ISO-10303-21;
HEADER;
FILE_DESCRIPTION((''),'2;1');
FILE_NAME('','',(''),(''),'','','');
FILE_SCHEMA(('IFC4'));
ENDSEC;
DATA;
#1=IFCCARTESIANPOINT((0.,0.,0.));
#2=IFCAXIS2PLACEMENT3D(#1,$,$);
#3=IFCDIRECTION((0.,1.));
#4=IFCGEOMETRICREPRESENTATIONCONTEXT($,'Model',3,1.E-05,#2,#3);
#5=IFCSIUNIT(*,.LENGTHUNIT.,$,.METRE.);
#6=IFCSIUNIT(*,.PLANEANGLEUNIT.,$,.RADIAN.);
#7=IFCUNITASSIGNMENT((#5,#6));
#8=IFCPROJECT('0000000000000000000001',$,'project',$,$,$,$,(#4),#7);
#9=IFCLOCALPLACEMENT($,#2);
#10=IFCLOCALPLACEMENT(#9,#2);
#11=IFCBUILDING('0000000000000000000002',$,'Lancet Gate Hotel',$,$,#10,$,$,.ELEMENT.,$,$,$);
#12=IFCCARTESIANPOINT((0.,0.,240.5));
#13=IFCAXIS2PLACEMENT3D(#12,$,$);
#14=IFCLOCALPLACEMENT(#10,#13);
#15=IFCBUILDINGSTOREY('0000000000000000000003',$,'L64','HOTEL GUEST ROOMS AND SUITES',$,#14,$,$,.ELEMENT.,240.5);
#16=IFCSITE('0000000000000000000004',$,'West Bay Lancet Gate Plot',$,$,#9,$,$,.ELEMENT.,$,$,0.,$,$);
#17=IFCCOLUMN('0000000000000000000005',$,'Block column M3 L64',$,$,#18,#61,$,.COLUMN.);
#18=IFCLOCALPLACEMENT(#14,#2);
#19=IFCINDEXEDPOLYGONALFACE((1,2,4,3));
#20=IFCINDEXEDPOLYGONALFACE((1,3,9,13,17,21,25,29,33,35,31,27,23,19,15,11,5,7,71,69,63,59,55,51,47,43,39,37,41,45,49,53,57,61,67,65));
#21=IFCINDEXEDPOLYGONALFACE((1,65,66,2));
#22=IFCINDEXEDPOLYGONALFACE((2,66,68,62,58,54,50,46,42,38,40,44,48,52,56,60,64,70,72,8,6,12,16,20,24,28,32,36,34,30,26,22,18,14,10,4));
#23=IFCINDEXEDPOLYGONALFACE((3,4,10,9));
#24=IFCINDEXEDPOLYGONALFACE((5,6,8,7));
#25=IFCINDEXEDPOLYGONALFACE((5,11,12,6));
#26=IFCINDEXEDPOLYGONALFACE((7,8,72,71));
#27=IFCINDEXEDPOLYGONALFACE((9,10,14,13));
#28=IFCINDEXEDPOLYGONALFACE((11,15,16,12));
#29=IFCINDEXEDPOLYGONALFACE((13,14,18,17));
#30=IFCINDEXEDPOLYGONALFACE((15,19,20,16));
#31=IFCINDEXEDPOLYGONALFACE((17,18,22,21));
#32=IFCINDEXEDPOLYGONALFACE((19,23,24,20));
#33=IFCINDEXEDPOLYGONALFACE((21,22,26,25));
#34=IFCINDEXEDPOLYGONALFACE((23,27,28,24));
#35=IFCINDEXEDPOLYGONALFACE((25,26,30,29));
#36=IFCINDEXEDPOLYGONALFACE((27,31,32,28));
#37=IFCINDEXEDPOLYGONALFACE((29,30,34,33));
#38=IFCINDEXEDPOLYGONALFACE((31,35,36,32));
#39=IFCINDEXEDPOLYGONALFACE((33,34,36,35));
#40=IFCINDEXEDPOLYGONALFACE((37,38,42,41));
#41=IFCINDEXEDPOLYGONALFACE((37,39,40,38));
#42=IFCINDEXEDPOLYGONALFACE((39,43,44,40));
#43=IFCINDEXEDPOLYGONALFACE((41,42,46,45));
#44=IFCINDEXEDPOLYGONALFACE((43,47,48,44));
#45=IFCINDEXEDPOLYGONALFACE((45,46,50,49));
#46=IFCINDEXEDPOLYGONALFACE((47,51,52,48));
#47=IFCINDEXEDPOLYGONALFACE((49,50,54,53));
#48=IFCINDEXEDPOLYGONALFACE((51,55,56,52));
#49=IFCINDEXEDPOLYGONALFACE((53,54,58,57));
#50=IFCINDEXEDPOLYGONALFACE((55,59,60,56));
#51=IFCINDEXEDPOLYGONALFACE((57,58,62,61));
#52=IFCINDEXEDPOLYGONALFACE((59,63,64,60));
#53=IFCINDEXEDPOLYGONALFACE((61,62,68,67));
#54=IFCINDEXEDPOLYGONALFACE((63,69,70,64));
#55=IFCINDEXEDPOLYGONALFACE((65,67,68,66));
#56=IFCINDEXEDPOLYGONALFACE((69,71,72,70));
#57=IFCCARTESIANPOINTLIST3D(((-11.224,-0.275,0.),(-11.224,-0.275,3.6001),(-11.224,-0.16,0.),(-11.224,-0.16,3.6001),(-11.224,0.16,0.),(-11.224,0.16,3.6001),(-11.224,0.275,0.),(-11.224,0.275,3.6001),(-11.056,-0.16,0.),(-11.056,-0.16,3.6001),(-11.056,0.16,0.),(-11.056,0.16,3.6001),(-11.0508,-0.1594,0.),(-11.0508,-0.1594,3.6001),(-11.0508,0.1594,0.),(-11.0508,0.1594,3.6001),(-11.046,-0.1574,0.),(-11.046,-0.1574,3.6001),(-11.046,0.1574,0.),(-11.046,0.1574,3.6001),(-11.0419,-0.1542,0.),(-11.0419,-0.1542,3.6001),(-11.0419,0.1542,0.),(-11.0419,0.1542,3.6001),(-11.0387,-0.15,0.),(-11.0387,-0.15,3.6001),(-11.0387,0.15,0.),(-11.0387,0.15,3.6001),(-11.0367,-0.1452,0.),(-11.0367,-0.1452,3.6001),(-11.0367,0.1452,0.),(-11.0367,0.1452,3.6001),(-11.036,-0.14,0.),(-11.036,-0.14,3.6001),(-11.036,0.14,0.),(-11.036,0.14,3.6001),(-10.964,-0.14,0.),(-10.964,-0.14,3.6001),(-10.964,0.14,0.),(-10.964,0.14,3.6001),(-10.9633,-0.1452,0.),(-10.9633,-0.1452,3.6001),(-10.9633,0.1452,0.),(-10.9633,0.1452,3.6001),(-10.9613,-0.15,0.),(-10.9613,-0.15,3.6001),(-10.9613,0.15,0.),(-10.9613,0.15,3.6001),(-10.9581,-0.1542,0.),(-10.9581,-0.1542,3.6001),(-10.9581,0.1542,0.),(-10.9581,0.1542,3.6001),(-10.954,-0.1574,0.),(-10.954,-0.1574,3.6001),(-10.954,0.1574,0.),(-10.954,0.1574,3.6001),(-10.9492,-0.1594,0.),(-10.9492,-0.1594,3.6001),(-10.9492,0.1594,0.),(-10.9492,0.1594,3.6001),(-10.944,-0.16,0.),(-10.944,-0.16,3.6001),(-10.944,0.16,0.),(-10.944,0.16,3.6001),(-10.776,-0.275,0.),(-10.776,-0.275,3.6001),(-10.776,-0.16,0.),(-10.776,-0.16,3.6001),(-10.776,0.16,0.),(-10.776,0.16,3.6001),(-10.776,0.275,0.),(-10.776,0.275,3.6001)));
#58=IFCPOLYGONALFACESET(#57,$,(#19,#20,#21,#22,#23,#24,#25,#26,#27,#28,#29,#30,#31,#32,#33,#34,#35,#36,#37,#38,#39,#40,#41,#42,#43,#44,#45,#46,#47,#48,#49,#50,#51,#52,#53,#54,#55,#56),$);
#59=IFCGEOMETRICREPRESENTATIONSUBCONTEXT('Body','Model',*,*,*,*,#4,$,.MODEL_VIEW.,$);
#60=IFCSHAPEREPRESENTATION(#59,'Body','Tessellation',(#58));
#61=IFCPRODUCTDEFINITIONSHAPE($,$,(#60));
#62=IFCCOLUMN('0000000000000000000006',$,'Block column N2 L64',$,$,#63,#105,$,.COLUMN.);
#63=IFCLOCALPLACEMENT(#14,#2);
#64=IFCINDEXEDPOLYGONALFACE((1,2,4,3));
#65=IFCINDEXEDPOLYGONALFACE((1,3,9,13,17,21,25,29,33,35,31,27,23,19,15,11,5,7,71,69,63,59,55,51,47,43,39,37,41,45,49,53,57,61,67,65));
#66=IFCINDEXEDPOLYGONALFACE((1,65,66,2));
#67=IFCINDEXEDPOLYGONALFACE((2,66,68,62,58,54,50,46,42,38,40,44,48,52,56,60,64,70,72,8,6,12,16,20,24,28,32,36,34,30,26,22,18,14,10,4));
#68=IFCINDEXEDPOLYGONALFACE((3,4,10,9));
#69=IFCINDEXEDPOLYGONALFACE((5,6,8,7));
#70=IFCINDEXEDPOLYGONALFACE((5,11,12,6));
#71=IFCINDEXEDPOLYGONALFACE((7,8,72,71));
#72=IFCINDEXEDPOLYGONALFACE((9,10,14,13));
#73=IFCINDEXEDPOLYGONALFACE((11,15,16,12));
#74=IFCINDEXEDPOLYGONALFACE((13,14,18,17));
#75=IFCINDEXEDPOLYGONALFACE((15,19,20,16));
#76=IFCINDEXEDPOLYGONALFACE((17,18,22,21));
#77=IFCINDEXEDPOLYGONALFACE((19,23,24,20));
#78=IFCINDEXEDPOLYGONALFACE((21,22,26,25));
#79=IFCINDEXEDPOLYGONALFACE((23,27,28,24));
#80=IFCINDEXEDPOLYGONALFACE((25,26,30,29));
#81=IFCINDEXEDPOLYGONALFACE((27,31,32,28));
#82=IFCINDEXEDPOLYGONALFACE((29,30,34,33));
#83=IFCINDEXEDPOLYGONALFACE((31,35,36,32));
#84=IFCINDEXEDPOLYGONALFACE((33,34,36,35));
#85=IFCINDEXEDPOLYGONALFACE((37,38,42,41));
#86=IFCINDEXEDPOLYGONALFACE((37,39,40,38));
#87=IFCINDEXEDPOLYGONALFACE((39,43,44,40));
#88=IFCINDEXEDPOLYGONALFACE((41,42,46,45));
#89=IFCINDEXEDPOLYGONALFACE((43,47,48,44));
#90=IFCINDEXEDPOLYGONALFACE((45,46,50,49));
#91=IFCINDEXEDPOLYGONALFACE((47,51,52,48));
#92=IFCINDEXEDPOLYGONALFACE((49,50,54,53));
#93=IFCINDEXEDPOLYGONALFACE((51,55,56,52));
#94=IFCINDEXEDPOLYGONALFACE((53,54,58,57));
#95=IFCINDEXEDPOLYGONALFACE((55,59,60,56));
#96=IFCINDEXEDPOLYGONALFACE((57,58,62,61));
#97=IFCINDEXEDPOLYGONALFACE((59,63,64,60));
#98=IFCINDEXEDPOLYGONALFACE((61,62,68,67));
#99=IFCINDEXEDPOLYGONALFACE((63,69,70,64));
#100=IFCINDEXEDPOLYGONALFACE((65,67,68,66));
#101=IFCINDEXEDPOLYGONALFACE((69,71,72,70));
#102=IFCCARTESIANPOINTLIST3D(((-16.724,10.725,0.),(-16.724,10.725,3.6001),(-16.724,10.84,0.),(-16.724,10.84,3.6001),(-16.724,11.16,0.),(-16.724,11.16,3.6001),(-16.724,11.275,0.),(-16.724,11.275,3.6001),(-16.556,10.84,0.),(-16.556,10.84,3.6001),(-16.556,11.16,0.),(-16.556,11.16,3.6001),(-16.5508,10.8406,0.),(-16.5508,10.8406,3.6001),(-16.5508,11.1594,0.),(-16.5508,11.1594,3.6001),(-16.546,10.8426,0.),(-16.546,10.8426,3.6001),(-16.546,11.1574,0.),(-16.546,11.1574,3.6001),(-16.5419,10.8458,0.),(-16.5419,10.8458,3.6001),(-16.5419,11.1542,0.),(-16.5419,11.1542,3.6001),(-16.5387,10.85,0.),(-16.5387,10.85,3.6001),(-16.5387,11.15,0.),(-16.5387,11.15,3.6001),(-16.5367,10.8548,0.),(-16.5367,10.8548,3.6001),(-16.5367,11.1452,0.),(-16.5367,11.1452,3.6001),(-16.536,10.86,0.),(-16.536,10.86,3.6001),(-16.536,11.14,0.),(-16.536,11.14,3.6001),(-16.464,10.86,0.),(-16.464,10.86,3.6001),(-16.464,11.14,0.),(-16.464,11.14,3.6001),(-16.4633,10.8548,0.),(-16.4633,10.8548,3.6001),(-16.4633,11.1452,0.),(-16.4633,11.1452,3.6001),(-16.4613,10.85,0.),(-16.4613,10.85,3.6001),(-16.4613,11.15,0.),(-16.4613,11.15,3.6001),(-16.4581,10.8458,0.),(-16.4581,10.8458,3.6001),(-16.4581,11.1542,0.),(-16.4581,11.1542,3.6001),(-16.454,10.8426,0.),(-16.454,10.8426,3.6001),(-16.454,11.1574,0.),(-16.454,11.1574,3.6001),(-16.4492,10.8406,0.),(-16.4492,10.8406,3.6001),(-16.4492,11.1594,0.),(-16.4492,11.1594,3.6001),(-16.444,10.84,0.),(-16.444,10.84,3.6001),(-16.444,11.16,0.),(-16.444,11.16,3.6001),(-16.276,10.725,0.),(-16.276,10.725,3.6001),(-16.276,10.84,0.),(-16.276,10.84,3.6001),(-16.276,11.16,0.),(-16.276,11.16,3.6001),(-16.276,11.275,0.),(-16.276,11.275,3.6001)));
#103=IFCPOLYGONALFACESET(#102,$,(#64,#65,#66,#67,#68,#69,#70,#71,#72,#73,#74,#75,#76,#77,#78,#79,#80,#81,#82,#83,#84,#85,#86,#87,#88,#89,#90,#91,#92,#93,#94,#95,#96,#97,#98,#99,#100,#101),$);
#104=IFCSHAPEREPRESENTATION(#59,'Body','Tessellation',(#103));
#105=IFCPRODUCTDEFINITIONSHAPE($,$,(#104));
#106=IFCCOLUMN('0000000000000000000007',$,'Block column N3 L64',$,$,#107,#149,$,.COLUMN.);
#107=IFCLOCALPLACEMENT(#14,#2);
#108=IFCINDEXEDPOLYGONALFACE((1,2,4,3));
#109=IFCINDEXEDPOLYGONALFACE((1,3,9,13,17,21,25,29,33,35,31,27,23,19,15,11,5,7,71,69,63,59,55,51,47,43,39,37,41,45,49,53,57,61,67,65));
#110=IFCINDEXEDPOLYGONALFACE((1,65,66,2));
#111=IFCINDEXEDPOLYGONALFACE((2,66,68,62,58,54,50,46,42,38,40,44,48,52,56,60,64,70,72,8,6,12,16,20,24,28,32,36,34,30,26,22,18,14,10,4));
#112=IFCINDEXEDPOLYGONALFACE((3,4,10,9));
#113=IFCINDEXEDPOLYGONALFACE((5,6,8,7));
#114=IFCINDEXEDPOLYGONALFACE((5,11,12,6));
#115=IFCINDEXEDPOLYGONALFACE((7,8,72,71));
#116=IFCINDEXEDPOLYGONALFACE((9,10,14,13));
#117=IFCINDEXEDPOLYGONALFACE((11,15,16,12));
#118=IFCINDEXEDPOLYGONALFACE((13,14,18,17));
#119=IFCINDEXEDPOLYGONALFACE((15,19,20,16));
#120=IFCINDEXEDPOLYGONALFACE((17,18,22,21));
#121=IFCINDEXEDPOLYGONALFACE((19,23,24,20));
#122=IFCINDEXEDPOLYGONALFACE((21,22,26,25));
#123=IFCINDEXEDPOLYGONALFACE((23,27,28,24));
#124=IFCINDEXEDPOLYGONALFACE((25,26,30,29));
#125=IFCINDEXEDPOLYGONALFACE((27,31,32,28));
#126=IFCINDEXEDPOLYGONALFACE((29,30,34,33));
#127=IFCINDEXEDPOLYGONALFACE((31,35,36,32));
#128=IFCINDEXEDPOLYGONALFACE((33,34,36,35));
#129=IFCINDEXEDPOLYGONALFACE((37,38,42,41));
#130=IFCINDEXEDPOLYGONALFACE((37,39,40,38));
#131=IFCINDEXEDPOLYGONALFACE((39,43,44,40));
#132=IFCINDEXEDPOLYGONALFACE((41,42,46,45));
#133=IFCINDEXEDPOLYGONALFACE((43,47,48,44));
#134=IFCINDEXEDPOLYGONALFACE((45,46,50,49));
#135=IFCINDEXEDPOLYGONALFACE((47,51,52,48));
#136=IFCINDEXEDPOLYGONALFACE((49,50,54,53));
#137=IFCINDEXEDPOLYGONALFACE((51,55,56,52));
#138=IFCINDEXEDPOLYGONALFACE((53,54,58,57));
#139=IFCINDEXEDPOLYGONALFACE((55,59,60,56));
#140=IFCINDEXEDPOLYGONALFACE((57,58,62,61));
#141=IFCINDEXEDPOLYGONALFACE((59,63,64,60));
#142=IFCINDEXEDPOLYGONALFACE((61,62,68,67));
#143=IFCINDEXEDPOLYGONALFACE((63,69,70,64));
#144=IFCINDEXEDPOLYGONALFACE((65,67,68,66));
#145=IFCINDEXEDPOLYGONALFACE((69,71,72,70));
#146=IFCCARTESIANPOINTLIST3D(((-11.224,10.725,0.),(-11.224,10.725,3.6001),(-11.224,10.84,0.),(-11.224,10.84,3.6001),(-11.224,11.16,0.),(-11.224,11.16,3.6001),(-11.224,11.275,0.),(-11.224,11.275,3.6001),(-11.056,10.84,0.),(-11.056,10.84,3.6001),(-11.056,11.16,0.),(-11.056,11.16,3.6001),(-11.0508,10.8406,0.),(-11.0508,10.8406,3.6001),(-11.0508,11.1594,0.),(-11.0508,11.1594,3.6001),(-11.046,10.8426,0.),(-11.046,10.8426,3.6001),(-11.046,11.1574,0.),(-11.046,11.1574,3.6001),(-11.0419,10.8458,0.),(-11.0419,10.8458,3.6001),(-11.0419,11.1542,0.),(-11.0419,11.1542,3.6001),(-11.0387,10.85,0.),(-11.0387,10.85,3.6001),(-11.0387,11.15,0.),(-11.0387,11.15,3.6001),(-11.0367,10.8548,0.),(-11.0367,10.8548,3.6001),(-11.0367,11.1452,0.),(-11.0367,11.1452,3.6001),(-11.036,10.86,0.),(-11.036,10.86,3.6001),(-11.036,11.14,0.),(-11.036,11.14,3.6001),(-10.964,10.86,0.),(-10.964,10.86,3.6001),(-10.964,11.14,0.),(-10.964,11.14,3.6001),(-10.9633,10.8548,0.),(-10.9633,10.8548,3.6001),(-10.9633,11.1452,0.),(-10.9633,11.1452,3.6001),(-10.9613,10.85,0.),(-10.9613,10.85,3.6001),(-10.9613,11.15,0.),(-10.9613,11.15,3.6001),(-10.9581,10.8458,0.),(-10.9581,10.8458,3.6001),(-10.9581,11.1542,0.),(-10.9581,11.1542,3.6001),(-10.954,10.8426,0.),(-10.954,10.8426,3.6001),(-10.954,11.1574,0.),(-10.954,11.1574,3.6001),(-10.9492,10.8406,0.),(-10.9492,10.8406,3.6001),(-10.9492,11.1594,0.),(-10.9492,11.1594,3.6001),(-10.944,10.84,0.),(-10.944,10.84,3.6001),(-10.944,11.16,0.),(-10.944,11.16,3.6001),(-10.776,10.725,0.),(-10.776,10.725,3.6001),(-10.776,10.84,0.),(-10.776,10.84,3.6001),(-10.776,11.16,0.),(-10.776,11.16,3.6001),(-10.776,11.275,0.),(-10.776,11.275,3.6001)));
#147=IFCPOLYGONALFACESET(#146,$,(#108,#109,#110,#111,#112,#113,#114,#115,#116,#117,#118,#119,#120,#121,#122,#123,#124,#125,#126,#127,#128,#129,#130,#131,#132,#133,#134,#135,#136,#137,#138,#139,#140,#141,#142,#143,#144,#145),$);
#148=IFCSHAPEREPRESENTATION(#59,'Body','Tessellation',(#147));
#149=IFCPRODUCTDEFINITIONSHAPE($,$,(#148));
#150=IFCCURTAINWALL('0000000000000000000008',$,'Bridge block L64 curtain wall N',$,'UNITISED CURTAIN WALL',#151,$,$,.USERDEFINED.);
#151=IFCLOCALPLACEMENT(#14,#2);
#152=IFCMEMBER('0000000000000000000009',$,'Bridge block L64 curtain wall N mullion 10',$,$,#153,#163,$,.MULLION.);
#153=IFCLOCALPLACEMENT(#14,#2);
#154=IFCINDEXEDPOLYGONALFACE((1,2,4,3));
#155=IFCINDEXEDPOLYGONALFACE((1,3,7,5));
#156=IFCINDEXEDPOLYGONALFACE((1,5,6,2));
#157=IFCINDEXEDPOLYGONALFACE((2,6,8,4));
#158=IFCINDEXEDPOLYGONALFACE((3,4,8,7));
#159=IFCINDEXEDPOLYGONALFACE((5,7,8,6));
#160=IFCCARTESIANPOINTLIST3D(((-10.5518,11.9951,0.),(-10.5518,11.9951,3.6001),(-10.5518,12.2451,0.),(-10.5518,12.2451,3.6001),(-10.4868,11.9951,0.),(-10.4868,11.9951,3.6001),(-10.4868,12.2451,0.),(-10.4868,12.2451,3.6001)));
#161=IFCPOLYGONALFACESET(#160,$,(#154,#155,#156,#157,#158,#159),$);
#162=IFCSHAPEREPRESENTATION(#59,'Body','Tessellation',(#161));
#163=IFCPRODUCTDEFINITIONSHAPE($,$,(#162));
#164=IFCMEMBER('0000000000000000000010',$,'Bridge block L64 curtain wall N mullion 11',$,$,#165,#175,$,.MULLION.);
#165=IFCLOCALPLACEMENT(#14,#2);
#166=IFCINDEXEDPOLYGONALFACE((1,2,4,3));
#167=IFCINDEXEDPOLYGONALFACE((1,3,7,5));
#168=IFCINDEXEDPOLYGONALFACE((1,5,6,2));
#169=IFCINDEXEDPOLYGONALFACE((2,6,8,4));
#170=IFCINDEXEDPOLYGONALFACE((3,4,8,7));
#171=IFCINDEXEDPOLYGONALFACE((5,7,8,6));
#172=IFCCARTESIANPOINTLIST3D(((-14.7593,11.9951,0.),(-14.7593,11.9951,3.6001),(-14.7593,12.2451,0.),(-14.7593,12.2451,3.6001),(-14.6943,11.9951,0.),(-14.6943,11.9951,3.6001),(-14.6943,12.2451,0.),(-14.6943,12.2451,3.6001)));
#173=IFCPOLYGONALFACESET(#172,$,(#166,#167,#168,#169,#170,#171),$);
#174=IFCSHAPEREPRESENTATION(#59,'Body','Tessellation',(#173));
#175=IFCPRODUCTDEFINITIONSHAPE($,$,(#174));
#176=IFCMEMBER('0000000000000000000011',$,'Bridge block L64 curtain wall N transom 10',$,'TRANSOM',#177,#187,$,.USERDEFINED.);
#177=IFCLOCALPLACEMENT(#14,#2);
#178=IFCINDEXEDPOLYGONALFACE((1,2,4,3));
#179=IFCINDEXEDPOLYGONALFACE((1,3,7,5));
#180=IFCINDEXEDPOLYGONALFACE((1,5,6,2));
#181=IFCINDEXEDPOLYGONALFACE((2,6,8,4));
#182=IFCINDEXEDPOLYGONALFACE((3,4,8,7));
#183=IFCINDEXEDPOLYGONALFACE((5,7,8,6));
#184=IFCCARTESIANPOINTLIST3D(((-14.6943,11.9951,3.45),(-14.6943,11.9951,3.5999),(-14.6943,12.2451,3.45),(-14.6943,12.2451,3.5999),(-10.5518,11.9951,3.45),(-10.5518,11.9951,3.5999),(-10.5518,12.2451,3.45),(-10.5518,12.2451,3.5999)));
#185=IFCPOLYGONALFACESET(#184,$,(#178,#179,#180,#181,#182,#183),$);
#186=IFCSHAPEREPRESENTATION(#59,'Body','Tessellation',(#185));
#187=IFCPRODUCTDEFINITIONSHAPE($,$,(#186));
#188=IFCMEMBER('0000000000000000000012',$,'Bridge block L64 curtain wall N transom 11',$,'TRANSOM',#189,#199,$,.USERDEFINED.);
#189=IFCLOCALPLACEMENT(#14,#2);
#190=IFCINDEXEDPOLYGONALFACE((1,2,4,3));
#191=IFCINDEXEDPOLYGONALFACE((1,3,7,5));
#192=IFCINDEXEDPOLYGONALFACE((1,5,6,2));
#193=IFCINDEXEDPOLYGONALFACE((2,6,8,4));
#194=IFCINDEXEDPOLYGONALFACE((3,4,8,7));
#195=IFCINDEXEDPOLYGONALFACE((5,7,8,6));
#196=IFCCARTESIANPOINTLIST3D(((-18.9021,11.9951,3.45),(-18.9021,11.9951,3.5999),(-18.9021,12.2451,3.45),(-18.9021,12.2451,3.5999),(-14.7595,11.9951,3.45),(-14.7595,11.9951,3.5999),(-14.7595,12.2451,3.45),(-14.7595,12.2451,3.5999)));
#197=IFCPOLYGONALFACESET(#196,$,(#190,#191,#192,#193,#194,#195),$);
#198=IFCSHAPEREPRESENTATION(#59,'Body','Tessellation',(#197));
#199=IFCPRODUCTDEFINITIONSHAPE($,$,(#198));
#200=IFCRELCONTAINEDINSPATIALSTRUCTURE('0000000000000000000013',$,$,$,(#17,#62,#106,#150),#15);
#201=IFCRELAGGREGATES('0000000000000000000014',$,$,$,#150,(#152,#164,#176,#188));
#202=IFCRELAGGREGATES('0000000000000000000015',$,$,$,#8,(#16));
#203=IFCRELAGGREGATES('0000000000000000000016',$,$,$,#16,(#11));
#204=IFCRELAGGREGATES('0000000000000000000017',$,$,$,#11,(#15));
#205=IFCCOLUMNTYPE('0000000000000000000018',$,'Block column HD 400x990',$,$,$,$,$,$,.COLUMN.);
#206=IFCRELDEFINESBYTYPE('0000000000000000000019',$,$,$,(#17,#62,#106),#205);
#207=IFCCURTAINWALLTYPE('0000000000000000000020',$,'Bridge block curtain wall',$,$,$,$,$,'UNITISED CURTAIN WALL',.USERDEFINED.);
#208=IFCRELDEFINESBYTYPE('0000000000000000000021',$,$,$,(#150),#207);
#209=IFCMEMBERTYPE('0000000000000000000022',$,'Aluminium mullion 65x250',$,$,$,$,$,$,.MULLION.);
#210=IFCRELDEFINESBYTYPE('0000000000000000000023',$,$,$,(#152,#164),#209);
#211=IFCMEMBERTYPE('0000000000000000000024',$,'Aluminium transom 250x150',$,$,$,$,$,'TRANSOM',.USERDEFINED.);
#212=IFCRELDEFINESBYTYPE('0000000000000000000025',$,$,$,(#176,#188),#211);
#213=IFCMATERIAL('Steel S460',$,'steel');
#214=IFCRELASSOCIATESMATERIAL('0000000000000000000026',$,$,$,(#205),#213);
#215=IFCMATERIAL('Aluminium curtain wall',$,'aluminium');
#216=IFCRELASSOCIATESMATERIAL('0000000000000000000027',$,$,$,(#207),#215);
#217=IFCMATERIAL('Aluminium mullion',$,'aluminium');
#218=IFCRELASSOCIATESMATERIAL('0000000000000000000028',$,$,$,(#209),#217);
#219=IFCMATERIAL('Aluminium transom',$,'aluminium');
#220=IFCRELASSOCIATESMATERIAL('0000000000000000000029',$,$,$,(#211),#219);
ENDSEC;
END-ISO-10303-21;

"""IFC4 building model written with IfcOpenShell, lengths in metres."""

from ifc_helpers import new_model, si_unit, direction, frame, origin, origin_2d, place, context, subcontext, project, spatial, rectangle, i_section, extrude, material, material_profile, profile_set, type_object, element, aggregate, save


model = new_model("IFC4")

# Units and contexts
model_context = context("Model", 3, precision=1e-05, world=origin(), true_north=direction((0.0, 1.0)))
body_context = subcontext(model_context, "Body", "Model", "MODEL_VIEW")
ifc_project = project(units=[si_unit("LENGTHUNIT", "METRE"), si_unit("PLANEANGLEUNIT", "RADIAN")], contexts=[model_context])

# Site, building, storey
site_placement = place(None, origin())
site = spatial("IfcSite", under=ifc_project, at=site_placement, Name="West Bay Lancet Gate Plot", CompositionType="ELEMENT", RefElevation=0.0)
building_placement = place(site_placement, origin())
building = spatial("IfcBuilding", under=site, at=building_placement, Name="Lancet Gate Hotel", CompositionType="ELEMENT")
storey_placement = place(building_placement, frame((0.0, 0.0, 240.5)))
storey = spatial("IfcBuildingStorey", under=building, at=storey_placement, Name="L64", Description="HOTEL GUEST ROOMS AND SUITES", CompositionType="ELEMENT", Elevation=240.5)

# Columns
ifc_material_1 = material(Name="Steel S460", Category="steel")
ifc_material_profile_1 = material_profile(ifc_material_1, i_section(OverallWidth=0.448, OverallDepth=0.55, WebThickness=0.072, FlangeThickness=0.115, FilletRadius=0.02, at=origin_2d()), Name="HD 400x990")
ifc_profile_set_1 = profile_set([ifc_material_profile_1], Name="Steel S460")
column_type = type_object("IfcColumnType", Name="Block column HD 400x990", PredefinedType="COLUMN", material=ifc_profile_set_1)
for number, where, z_axis, x_axis, name in (
    (1, (-11.0, 0.0, 0.0), (0.0, 0.0, 1.0), (1.0, 0.0, 0.0), "Block column M3 L64"),
    (2, (-16.5, 11.0, 0.0), (0.0, 0.0, 1.0), (1.0, 0.0, 0.0), "Block column N2 L64"),
    (3, (-11.0, 11.0, 0.0), (0.0, 0.0, 1.0), (1.0, 0.0, 0.0), "Block column N3 L64"),
):
    element("IfcColumn", number, at=place(storey_placement, frame(where, z_axis=z_axis, x_axis=x_axis)), inside=storey, type_object=column_type, Name=name, PredefinedType="COLUMN", context=body_context, shape_type="SweptSolid", body=[
        extrude(i_section(OverallWidth=0.448, OverallDepth=0.55, WebThickness=0.072, FlangeThickness=0.115, FilletRadius=0.02, at=origin_2d()), origin(), (0.0, 0.0, 1.0), 3.6001),
    ])

# Curtain wall, members
ifc_material_2 = material(Name="Aluminium curtain wall", Category="aluminium")
curtain_wall_type = type_object("IfcCurtainWallType", Name="Bridge block curtain wall", ElementType="UNITISED CURTAIN WALL", PredefinedType="USERDEFINED", material=ifc_material_2)
curtain_wall_placement = place(storey_placement, origin())
curtain_wall = element("IfcCurtainWall", 4, at=curtain_wall_placement, inside=storey, type_object=curtain_wall_type, Name="Bridge block L64 curtain wall N", ObjectType="UNITISED CURTAIN WALL", PredefinedType="USERDEFINED")
ifc_material_3 = material(Name="Aluminium mullion", Category="aluminium")
ifc_material_profile_2 = material_profile(ifc_material_3, rectangle(XDim=0.0649, YDim=0.25, at=origin_2d()), Name="MULLION 65x250")
ifc_profile_set_2 = profile_set([ifc_material_profile_2], Name="Aluminium mullion")
member_type_1 = type_object("IfcMemberType", Name="Aluminium mullion 65x250", PredefinedType="MULLION", material=ifc_profile_set_2)
member_1_placement = place(storey_placement, frame((-10.5193, 12.1201, 0.0), z_axis=(0.0, 0.0, 1.0), x_axis=(-1.0, 0.0, 0.0)))
member_1 = element("IfcMember", 5, at=member_1_placement, type_object=member_type_1, Name="Bridge block L64 curtain wall N mullion 10", PredefinedType="MULLION", context=body_context, shape_type="SweptSolid", body=[
    extrude(rectangle(XDim=0.0649, YDim=0.25, at=origin_2d()), origin(), (0.0, 0.0, 1.0), 3.6001),
])
member_2_placement = place(storey_placement, frame((-14.7268, 12.1201, 0.0), z_axis=(0.0, 0.0, 1.0), x_axis=(-1.0, 0.0, 0.0)))
member_2 = element("IfcMember", 6, at=member_2_placement, type_object=member_type_1, Name="Bridge block L64 curtain wall N mullion 11", PredefinedType="MULLION", context=body_context, shape_type="SweptSolid", body=[
    extrude(rectangle(XDim=0.0649, YDim=0.25, at=origin_2d()), origin(), (0.0, 0.0, 1.0), 3.6001),
])
ifc_material_4 = material(Name="Aluminium transom", Category="aluminium")
ifc_material_profile_3 = material_profile(ifc_material_4, rectangle(XDim=0.25, YDim=0.1499, at=origin_2d()), Name="TRANSOM 250x150")
ifc_profile_set_3 = profile_set([ifc_material_profile_3], Name="Aluminium transom")
member_type_2 = type_object("IfcMemberType", Name="Aluminium transom 250x150", ElementType="TRANSOM", PredefinedType="USERDEFINED", material=ifc_profile_set_3)
member_3_placement = place(storey_placement, frame((-10.5518, 12.1201, 3.5249), z_axis=(-1.0, 0.0, 0.0), x_axis=(0.0, -1.0, 0.0)))
member_3 = element("IfcMember", 7, at=member_3_placement, type_object=member_type_2, Name="Bridge block L64 curtain wall N transom 10", ObjectType="TRANSOM", PredefinedType="USERDEFINED", context=body_context, shape_type="SweptSolid", body=[
    extrude(rectangle(XDim=0.25, YDim=0.1499, at=origin_2d()), origin(), (0.0, 0.0, 1.0), 4.1426),
])
member_4_placement = place(storey_placement, frame((-14.7595, 12.1201, 3.5249), z_axis=(-1.0, 0.0, 0.0), x_axis=(0.0, -1.0, 0.0)))
member_4 = element("IfcMember", 8, at=member_4_placement, type_object=member_type_2, Name="Bridge block L64 curtain wall N transom 11", ObjectType="TRANSOM", PredefinedType="USERDEFINED", context=body_context, shape_type="SweptSolid", body=[
    extrude(rectangle(XDim=0.25, YDim=0.1499, at=origin_2d()), origin(), (0.0, 0.0, 1.0), 4.1426),
])

aggregate(curtain_wall, [member_1, member_2, member_3, member_4])

save(model, "model.ifc")
